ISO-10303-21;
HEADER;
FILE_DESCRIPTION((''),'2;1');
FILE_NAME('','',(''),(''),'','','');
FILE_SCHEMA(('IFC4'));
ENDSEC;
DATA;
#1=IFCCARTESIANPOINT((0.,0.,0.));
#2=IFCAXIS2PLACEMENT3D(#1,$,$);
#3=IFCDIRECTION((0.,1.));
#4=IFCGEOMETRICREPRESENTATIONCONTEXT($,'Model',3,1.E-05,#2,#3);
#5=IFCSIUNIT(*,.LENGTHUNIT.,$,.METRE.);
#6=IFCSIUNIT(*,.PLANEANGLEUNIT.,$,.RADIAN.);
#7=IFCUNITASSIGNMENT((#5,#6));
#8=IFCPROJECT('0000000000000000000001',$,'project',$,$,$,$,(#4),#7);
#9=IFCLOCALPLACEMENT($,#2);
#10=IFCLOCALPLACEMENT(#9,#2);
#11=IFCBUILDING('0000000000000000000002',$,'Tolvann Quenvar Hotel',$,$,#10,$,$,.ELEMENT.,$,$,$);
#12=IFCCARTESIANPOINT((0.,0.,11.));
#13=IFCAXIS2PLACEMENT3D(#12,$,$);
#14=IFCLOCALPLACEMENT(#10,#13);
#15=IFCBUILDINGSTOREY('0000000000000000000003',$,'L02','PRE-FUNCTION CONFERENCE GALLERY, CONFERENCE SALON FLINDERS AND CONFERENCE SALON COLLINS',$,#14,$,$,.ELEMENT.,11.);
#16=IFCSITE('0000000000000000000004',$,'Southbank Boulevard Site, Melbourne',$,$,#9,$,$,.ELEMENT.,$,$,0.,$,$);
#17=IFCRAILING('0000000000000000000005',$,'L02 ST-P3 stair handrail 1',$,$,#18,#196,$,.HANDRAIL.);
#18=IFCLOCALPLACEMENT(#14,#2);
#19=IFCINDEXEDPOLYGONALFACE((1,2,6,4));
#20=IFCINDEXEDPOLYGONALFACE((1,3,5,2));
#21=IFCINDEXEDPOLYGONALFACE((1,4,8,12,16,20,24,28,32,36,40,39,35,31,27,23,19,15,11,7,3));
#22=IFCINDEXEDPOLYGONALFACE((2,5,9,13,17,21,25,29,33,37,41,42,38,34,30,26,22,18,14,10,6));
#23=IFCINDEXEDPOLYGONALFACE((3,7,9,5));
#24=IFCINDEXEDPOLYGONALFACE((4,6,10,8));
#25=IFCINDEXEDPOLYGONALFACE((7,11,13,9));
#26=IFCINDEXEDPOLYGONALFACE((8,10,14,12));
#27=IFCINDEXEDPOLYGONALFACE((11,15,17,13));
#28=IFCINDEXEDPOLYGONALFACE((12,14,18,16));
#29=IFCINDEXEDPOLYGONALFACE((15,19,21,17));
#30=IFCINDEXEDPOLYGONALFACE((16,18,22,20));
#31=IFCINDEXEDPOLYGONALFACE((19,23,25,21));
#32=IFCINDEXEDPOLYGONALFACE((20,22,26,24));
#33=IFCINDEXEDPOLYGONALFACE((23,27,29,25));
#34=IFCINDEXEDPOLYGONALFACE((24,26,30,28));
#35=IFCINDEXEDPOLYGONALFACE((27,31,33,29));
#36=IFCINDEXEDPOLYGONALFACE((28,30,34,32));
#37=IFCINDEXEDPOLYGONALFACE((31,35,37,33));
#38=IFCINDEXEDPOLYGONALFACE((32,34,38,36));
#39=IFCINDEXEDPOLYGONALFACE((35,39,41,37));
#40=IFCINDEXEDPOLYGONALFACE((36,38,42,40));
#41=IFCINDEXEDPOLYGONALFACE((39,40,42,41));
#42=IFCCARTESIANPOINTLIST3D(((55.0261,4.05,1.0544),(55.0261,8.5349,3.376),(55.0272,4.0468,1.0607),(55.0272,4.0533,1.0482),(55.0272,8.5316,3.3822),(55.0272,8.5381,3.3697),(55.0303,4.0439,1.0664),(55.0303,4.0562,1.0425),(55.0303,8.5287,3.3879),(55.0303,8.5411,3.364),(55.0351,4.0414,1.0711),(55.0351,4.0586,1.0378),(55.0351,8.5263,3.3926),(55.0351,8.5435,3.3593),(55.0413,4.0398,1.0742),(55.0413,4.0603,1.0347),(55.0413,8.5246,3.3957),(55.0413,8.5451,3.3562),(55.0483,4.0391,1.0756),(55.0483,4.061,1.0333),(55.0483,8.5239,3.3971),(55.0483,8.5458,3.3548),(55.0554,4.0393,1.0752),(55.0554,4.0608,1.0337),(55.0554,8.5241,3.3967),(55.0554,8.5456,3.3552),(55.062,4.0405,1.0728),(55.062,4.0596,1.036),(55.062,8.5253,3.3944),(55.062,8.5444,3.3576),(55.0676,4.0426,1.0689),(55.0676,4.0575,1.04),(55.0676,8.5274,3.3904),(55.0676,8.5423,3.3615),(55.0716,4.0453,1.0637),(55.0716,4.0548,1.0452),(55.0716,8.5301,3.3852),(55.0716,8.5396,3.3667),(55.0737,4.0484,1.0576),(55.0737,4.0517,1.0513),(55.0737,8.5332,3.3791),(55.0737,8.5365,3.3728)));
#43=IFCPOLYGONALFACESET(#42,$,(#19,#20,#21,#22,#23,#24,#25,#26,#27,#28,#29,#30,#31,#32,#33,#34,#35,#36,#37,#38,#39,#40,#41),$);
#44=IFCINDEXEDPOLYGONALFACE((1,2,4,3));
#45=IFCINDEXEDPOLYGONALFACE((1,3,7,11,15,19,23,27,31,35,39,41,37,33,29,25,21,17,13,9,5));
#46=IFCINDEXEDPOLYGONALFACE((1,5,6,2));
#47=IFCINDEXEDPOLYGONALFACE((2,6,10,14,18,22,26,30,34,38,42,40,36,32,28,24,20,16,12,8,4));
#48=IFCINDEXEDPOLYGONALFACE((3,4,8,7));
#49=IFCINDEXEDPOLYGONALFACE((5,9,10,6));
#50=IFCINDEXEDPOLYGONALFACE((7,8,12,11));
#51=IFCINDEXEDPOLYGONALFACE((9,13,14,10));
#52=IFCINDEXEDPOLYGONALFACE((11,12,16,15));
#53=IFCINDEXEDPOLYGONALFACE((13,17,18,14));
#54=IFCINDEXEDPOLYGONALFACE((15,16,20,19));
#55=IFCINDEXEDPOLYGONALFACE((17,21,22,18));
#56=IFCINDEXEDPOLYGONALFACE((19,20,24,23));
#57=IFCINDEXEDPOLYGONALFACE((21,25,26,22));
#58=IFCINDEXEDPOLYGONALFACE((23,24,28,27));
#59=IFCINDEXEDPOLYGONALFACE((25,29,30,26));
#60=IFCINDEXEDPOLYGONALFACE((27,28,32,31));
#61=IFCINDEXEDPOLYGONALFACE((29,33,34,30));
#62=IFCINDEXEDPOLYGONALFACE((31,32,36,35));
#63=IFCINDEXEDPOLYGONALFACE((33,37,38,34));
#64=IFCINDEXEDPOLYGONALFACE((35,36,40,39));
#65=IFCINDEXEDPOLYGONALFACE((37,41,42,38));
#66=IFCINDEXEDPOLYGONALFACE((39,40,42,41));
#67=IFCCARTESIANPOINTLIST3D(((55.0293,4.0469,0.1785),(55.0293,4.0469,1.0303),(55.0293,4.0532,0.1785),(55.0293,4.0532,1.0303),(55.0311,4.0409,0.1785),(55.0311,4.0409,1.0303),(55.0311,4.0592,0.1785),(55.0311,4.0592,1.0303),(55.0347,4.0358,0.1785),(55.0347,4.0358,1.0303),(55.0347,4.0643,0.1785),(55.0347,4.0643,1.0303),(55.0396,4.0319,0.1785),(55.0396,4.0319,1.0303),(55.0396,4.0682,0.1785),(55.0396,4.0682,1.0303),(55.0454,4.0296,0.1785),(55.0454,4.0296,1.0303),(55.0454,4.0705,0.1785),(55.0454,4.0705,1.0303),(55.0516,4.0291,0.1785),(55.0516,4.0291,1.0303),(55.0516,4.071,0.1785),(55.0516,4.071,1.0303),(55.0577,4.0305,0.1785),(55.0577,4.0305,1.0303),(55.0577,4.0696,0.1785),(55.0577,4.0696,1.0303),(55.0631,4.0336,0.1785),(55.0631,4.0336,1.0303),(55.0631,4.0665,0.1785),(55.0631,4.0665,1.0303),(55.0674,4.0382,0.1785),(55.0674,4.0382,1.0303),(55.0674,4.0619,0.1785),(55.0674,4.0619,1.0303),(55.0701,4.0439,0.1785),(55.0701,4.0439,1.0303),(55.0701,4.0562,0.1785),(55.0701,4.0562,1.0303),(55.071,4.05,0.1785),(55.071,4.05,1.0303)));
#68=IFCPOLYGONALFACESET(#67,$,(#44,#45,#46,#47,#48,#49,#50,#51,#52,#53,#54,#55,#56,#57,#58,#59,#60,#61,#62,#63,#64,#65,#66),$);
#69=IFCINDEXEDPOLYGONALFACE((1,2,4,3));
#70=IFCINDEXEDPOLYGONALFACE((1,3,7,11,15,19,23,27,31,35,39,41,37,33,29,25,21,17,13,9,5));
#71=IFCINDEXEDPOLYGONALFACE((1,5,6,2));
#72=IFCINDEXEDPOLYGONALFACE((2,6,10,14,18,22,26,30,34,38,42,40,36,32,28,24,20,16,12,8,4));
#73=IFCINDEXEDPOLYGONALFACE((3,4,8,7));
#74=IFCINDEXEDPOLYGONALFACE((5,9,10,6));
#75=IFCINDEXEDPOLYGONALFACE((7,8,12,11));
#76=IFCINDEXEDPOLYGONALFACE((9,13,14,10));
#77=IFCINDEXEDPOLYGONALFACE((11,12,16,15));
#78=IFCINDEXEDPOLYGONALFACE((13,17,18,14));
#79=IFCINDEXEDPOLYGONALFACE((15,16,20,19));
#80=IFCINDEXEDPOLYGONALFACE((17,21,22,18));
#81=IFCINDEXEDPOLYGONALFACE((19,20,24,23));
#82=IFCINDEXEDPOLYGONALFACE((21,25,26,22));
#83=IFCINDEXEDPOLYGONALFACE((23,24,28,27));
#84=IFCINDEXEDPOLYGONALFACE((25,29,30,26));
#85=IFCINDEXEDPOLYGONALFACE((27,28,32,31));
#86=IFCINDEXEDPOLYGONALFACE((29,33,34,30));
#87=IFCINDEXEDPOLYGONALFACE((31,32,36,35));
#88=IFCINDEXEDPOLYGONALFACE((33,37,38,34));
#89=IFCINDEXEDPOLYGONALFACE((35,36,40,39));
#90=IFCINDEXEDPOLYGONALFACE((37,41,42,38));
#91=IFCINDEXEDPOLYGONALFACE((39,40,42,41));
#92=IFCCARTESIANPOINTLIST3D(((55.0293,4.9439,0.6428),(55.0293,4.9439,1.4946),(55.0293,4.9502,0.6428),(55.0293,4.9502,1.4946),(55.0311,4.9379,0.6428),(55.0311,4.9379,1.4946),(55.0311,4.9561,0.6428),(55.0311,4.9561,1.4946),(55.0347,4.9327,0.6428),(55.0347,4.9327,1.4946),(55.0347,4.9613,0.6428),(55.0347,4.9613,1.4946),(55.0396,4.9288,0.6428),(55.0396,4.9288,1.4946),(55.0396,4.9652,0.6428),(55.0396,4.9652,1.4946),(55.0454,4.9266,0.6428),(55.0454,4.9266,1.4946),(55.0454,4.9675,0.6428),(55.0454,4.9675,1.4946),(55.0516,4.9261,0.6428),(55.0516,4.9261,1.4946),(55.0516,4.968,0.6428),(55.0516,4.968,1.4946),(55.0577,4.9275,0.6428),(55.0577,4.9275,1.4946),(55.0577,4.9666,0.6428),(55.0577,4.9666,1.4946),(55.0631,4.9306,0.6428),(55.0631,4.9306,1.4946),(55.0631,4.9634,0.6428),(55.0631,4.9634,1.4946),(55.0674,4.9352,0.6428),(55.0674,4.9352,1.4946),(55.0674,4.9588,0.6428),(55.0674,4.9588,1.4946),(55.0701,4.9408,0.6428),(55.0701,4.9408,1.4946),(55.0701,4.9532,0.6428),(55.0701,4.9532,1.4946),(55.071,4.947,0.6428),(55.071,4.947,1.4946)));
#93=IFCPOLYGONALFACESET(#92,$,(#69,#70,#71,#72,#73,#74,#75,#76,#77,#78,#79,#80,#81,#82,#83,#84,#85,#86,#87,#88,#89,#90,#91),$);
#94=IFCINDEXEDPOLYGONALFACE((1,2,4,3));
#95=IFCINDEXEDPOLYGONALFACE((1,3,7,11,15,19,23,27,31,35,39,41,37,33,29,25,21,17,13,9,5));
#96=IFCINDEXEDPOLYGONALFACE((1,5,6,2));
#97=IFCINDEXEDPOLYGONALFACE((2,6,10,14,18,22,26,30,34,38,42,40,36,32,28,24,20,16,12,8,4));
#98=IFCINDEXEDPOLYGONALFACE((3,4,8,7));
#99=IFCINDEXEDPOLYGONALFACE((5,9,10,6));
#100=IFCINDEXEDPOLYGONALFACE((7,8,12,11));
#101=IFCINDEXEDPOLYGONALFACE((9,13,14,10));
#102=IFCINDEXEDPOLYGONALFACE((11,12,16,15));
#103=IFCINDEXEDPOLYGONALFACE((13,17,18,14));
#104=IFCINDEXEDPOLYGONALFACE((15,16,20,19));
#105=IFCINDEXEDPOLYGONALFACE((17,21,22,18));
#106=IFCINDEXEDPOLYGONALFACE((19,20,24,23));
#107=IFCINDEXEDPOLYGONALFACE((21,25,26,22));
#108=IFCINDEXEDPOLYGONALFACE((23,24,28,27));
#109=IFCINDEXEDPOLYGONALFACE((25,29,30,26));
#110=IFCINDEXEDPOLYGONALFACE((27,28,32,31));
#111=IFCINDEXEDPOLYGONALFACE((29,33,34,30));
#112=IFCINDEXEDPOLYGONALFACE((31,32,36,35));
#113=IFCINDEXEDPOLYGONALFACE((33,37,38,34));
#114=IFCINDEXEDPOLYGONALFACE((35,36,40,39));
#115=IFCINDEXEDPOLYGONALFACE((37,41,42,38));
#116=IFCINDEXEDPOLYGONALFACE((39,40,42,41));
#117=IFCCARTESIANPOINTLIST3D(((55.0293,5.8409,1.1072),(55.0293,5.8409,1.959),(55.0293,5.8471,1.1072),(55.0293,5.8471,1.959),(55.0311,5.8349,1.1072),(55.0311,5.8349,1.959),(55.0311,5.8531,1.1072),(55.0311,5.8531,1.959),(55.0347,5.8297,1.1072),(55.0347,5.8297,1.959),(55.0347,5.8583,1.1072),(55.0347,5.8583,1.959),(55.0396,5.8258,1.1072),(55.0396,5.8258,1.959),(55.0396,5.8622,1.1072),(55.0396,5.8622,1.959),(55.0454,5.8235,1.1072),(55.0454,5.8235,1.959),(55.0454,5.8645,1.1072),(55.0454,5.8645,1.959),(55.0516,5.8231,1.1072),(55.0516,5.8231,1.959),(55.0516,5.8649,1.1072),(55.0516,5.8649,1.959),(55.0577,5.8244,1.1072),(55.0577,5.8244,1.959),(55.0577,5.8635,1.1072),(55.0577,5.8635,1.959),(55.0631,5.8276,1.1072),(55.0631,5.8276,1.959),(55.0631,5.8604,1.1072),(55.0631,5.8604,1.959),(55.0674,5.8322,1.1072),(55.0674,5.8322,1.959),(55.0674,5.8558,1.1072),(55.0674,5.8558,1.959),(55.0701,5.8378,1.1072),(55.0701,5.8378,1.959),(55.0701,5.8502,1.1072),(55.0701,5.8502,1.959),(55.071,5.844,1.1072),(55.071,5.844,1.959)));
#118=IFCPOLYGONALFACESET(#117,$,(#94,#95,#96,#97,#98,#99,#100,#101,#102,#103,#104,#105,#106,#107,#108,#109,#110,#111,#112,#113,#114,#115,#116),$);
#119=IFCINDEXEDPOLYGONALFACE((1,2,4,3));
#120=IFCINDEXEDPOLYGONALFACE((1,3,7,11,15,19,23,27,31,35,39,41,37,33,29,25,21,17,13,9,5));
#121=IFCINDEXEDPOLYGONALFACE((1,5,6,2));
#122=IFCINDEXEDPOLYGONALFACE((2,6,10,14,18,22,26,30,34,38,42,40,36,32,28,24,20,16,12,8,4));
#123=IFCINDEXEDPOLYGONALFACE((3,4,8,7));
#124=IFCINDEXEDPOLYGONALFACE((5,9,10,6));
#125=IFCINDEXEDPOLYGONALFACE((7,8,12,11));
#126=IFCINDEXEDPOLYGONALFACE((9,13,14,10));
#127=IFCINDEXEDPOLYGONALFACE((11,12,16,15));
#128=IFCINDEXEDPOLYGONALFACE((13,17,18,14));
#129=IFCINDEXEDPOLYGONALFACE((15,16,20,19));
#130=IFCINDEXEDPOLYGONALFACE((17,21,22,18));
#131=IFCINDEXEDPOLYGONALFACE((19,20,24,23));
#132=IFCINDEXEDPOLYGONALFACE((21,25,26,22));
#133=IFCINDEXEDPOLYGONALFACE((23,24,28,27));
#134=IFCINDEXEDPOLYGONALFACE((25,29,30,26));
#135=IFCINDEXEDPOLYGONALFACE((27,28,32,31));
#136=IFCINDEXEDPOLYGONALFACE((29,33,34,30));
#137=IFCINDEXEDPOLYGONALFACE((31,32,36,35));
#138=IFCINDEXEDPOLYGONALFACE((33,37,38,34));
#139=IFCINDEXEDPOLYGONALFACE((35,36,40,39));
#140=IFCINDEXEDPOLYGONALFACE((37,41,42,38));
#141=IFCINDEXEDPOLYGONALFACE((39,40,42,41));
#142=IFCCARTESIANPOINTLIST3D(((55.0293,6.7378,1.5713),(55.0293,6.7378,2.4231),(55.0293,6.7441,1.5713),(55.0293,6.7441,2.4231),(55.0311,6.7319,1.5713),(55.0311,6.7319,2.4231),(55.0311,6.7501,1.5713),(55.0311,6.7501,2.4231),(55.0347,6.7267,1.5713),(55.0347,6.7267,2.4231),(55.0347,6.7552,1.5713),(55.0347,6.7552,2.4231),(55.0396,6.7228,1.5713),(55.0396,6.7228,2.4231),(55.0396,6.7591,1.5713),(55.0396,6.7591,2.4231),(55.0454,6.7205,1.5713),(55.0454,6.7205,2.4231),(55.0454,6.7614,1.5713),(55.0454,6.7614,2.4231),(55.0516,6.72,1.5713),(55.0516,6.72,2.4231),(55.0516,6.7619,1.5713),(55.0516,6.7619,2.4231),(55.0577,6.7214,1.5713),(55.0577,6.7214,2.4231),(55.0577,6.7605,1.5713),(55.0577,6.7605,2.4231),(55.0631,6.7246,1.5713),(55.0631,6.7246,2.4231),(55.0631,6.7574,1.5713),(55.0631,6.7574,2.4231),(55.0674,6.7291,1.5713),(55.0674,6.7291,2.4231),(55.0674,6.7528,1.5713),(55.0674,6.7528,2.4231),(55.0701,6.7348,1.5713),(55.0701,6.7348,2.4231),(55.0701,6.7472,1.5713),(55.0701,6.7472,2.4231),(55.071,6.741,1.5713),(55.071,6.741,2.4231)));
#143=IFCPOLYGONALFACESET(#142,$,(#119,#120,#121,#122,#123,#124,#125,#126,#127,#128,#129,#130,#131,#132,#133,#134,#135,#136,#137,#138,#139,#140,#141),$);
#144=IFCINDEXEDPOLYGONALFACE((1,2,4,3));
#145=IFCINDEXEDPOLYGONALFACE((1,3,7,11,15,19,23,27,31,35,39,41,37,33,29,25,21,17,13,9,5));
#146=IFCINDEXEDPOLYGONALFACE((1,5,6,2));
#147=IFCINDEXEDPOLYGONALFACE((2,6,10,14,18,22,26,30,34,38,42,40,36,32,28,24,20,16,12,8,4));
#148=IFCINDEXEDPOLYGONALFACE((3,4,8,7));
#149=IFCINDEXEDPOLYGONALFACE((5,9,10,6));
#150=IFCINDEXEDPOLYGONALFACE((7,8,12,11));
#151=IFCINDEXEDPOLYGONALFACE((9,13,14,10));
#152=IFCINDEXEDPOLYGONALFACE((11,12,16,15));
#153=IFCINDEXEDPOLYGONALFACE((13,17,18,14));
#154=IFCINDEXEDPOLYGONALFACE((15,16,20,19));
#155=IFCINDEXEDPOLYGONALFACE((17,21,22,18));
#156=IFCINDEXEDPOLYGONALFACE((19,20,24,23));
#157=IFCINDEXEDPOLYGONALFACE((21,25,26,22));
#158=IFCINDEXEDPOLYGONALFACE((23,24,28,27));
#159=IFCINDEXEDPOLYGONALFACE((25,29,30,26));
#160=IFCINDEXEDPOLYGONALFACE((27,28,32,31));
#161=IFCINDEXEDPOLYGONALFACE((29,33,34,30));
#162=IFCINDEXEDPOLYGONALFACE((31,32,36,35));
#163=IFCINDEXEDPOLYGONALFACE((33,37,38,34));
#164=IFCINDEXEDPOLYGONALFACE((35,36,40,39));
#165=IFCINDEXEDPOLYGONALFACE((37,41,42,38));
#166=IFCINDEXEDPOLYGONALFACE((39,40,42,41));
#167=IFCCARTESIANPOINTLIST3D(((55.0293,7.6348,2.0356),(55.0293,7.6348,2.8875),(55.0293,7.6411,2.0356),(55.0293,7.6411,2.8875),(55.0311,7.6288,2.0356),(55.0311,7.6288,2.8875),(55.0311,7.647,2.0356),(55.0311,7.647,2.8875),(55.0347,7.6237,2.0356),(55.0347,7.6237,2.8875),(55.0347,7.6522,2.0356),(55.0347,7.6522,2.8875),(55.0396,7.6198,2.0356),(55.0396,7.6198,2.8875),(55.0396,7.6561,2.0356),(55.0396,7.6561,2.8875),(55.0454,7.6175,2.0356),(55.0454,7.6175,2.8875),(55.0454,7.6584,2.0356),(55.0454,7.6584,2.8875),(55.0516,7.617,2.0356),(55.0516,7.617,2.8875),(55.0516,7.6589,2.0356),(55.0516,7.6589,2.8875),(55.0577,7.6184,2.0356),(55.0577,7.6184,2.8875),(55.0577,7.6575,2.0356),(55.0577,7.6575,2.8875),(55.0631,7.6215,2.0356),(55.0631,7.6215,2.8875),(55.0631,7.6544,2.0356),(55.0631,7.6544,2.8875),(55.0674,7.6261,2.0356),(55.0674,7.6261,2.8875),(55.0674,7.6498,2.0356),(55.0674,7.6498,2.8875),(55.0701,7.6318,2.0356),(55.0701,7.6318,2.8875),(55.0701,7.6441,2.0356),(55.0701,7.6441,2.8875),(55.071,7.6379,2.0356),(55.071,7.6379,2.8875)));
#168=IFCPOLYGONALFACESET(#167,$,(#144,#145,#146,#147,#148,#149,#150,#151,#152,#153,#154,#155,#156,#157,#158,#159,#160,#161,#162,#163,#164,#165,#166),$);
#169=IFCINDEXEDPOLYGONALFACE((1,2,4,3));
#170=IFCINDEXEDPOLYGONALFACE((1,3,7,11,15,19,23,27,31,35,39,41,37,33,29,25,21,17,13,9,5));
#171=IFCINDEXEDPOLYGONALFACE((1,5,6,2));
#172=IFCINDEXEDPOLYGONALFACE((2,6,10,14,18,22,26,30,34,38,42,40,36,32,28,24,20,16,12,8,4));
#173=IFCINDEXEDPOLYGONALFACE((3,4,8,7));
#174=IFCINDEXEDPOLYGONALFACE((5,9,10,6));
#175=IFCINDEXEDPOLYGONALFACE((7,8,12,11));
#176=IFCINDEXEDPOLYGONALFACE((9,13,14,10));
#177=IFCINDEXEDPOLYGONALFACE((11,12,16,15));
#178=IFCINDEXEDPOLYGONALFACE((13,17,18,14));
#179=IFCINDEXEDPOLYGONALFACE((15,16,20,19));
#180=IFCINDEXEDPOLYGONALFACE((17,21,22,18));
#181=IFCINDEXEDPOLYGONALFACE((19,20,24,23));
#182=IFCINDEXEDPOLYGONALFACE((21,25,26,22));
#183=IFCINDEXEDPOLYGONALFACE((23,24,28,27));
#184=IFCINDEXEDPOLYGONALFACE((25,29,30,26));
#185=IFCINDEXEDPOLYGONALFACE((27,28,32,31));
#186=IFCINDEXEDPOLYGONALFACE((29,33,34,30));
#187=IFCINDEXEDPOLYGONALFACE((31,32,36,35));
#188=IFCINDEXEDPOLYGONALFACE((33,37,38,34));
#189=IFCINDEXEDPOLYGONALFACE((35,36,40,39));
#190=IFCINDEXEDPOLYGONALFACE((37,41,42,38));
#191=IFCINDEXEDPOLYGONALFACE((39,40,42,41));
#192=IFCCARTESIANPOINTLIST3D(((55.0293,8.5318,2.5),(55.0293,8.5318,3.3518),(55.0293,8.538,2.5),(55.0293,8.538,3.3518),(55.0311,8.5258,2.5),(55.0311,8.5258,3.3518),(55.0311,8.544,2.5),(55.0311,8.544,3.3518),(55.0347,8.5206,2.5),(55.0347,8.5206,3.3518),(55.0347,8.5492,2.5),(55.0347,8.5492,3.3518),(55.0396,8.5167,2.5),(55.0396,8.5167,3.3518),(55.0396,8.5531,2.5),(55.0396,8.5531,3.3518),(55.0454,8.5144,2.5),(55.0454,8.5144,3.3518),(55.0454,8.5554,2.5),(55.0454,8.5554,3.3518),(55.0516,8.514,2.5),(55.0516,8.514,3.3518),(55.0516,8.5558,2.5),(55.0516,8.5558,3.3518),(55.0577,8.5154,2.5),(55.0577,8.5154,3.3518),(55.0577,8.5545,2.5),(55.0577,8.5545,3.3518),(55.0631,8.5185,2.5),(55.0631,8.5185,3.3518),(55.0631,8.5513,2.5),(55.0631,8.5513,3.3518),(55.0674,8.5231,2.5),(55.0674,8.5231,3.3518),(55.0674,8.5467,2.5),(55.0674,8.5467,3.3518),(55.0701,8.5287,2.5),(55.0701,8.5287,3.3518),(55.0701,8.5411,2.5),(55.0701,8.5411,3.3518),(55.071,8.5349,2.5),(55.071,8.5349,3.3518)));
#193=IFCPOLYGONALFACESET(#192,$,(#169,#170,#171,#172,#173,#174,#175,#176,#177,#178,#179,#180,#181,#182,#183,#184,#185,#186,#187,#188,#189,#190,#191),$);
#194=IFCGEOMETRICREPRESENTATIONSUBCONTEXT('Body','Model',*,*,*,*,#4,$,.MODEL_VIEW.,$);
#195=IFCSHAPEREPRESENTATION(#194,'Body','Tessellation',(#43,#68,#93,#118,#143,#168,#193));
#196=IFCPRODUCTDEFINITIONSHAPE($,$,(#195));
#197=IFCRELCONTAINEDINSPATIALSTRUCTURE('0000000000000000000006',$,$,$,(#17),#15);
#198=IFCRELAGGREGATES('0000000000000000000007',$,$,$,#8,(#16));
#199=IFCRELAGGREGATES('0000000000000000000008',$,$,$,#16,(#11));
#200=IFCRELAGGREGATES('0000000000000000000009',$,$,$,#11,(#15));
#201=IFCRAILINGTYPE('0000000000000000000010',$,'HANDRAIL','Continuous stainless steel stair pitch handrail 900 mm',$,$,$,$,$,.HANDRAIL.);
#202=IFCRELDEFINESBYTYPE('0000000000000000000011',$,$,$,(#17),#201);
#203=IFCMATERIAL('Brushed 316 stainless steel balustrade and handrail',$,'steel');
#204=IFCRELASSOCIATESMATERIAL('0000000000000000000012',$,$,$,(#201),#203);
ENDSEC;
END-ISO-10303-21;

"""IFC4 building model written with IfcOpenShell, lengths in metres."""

from ifc_helpers import new_model, si_unit, direction, frame, origin, origin_2d, place, context, subcontext, project, spatial, circle, extrude, material, type_object, element, save


model = new_model("IFC4")

# Units and contexts
model_context = context("Model", 3, precision=1e-05, world=origin(), true_north=direction((0.0, 1.0)))
body_context = subcontext(model_context, "Body", "Model", "MODEL_VIEW")
ifc_project = project(units=[si_unit("LENGTHUNIT", "METRE"), si_unit("PLANEANGLEUNIT", "RADIAN")], contexts=[model_context])

# Site, building, storey
site_placement = place(None, origin())
site = spatial("IfcSite", under=ifc_project, at=site_placement, Name="Southbank Boulevard Site, Melbourne", CompositionType="ELEMENT", RefElevation=0.0)
building_placement = place(site_placement, origin())
building = spatial("IfcBuilding", under=site, at=building_placement, Name="Tolvann Quenvar Hotel", CompositionType="ELEMENT")
storey_placement = place(building_placement, frame((0.0, 0.0, 11.0)))
storey = spatial("IfcBuildingStorey", under=building, at=storey_placement, Name="L02", Description="PRE-FUNCTION CONFERENCE GALLERY, CONFERENCE SALON FLINDERS AND CONFERENCE SALON COLLINS", CompositionType="ELEMENT", Elevation=11.0)

# Railing
ifc_material_1 = material(Name="Brushed 316 stainless steel balustrade and handrail", Category="steel")
railing_type = type_object("IfcRailingType", Name="HANDRAIL", Description="Continuous stainless steel stair pitch handrail 900 mm", PredefinedType="HANDRAIL", material=ifc_material_1)
railing_placement = place(storey_placement, frame((55.05, 4.05, 0.1785)))
element("IfcRailing", 1, at=railing_placement, inside=storey, type_object=railing_type, Name="L02 ST-P3 stair handrail 1", PredefinedType="HANDRAIL", context=body_context, shape_type="SweptSolid", body=[
    extrude(circle(Radius=0.0239, at=origin_2d()), frame((0.0, 0.0, 0.876), z_axis=(0.0, 0.888074, 0.4597), x_axis=(-1.0, 0.0, 0.0)), (0.0, 0.0, 1.0), 5.05),
    extrude(circle(Radius=0.021, at=origin_2d()), origin(), (0.0, 0.0, 1.0), 0.8518),
    extrude(circle(Radius=0.021, at=origin_2d()), frame((0.0, 0.897, 0.4644)), (0.0, 0.0, 1.0), 0.8518),
    extrude(circle(Radius=0.021, at=origin_2d()), frame((0.0, 1.7939, 0.9287)), (0.0, 0.0, 1.0), 0.8518),
    extrude(circle(Radius=0.021, at=origin_2d()), frame((0.0, 2.6909, 1.3928)), (0.0, 0.0, 1.0), 0.8518),
    extrude(circle(Radius=0.021, at=origin_2d()), frame((0.0, 3.5879, 1.8572)), (0.0, 0.0, 1.0), 0.8518),
    extrude(circle(Radius=0.021, at=origin_2d()), frame((0.0, 4.4849, 2.3215)), (0.0, 0.0, 1.0), 0.8518),
])

save(model, "model.ifc")
